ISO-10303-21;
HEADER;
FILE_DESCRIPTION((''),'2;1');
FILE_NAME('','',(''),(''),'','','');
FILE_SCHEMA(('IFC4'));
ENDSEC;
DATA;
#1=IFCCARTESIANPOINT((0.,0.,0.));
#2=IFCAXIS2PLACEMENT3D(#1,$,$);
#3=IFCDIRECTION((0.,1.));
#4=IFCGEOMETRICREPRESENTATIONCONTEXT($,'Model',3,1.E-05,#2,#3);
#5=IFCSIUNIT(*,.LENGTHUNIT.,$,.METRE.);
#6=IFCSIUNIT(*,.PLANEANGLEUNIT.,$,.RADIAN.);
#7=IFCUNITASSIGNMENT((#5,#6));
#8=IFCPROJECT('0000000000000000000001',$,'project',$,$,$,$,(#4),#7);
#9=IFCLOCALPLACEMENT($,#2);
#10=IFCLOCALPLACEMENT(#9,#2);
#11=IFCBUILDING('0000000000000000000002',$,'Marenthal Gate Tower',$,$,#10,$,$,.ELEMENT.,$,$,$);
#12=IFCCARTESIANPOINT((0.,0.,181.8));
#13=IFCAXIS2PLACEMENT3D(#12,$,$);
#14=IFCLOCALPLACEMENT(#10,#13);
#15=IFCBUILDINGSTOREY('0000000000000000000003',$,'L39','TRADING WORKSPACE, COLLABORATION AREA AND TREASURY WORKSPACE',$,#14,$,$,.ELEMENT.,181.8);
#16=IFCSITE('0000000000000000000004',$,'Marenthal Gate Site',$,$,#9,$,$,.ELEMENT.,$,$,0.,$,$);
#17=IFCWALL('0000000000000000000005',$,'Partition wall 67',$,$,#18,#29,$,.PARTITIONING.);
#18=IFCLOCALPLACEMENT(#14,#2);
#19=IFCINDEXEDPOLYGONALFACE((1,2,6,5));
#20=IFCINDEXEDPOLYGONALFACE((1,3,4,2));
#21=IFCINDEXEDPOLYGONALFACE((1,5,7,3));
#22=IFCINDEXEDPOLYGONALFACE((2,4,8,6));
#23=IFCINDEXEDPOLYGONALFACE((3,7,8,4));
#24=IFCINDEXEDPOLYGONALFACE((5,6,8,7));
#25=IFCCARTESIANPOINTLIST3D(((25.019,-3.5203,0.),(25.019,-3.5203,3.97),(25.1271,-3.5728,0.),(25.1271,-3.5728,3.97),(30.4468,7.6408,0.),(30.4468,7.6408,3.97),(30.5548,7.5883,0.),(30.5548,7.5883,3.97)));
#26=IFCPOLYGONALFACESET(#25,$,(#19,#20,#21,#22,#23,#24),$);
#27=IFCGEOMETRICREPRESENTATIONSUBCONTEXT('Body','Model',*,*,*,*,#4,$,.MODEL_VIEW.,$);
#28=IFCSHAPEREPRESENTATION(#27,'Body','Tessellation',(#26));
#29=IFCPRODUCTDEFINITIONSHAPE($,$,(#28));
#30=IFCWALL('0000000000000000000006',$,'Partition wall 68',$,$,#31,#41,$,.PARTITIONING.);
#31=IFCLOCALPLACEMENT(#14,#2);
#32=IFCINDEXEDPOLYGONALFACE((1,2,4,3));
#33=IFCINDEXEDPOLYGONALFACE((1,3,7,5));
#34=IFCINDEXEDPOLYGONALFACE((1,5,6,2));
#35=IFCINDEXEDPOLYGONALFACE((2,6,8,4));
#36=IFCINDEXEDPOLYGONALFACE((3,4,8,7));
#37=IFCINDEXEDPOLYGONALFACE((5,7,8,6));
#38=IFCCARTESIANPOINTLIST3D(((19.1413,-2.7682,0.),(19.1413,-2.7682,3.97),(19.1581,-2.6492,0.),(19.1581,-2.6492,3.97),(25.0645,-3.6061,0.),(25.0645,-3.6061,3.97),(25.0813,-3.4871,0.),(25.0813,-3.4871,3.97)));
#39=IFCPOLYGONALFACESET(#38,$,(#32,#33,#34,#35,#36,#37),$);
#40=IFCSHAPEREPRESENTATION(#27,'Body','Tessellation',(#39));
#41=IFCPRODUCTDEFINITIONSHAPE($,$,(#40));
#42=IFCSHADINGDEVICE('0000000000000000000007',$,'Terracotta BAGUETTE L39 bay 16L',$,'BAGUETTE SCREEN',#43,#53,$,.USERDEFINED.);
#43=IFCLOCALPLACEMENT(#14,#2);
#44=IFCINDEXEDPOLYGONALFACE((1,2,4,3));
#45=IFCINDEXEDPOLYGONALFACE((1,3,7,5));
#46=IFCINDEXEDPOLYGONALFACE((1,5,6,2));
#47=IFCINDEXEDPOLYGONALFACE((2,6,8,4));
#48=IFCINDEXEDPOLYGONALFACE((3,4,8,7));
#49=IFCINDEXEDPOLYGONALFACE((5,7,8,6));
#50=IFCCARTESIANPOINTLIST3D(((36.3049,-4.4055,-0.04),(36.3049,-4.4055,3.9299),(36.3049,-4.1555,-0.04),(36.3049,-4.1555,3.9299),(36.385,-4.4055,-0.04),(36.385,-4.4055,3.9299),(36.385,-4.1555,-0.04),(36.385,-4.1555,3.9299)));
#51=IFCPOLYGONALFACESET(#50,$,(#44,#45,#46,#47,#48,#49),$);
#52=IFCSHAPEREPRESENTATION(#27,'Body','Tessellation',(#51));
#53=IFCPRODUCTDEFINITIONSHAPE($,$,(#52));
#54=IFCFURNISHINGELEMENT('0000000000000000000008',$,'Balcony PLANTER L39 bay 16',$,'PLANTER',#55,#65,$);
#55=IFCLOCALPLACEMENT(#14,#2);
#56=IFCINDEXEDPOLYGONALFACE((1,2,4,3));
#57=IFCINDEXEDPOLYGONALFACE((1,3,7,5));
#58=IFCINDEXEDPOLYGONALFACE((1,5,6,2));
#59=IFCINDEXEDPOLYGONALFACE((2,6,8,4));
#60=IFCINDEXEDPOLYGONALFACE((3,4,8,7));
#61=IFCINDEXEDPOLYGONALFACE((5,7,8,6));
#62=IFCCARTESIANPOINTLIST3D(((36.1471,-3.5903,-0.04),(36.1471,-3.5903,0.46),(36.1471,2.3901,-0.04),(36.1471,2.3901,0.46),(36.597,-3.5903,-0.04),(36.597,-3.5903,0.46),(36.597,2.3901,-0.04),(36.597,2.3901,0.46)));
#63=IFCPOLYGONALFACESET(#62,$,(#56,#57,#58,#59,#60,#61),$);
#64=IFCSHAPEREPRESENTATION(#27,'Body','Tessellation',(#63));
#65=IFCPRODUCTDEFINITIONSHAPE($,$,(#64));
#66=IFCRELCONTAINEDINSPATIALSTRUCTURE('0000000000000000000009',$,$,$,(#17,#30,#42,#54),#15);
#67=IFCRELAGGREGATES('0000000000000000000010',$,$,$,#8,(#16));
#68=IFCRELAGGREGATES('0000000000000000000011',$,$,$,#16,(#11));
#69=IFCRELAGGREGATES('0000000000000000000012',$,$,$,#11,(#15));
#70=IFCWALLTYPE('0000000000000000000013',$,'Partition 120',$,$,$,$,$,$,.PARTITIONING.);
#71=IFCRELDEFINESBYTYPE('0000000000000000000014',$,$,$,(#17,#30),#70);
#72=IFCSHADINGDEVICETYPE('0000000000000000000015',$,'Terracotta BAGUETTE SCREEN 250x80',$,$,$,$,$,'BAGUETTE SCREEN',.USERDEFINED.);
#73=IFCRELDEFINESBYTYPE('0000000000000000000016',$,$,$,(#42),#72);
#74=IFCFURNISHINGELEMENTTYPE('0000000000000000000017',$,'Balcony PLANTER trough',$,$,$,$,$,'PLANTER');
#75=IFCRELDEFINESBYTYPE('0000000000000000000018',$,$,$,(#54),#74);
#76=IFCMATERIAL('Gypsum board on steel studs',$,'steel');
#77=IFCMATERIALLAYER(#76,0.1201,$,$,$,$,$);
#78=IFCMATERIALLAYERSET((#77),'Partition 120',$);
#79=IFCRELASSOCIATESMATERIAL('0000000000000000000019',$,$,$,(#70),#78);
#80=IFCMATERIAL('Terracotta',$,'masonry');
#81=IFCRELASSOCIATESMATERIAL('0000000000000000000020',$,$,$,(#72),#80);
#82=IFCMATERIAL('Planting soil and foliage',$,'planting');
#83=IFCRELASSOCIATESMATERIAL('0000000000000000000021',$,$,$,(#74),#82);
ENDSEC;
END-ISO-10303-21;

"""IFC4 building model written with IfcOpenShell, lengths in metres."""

from ifc_helpers import new_model, si_unit, direction, frame, frame_2d, origin, origin_2d, place, context, subcontext, project, spatial, rectangle, extrude, material, layer, layer_set, material_profile, profile_set, type_object, element, save


model = new_model("IFC4")

# Units and contexts
model_context = context("Model", 3, precision=1e-05, world=origin(), true_north=direction((0.0, 1.0)))
body_context = subcontext(model_context, "Body", "Model", "MODEL_VIEW")
ifc_project = project(units=[si_unit("LENGTHUNIT", "METRE"), si_unit("PLANEANGLEUNIT", "RADIAN")], contexts=[model_context])

# Site, building, storey
site_placement = place(None, origin())
site = spatial("IfcSite", under=ifc_project, at=site_placement, Name="Marenthal Gate Site", CompositionType="ELEMENT", RefElevation=0.0)
building_placement = place(site_placement, origin())
building = spatial("IfcBuilding", under=site, at=building_placement, Name="Marenthal Gate Tower", CompositionType="ELEMENT")
storey_placement = place(building_placement, frame((0.0, 0.0, 181.8)))
storey = spatial("IfcBuildingStorey", under=building, at=storey_placement, Name="L39", Description="TRADING WORKSPACE, COLLABORATION AREA AND TREASURY WORKSPACE", CompositionType="ELEMENT", Elevation=181.8)

# Walls
ifc_material_1 = material(Name="Gypsum board on steel studs", Category="steel")
ifc_layer_1 = layer(ifc_material_1, 0.1201)
ifc_layer_set_1 = layer_set([ifc_layer_1], Name="Partition 120")
wall_type_1 = type_object("IfcWallType", Name="Partition 120", PredefinedType="PARTITIONING", material=ifc_layer_set_1)
wall_1_placement = place(storey_placement, frame((25.073, -3.5466, 0.0), z_axis=(0.0, 0.0, 1.0), x_axis=(0.437335, 0.899299, 0.0)))
element("IfcWall", 1, at=wall_1_placement, inside=storey, type_object=wall_type_1, Name="Partition wall 67", PredefinedType="PARTITIONING", context=body_context, shape_type="SweptSolid", body=[
    extrude(rectangle(XDim=12.4109, YDim=0.1201, at=frame_2d((6.2056, 0.0))), origin(), (0.0, 0.0, 1.0), 3.97),
])
wall_2_placement = place(storey_placement, frame((25.073, -3.5466, 0.0), z_axis=(0.0, 0.0, 1.0), x_axis=(-0.990142, 0.140067, 0.0)))
element("IfcWall", 2, at=wall_2_placement, inside=storey, type_object=wall_type_1, Name="Partition wall 68", PredefinedType="PARTITIONING", context=body_context, shape_type="SweptSolid", body=[
    extrude(rectangle(XDim=5.9822, YDim=0.1201, at=frame_2d((2.9912, 0.0))), origin(), (0.0, 0.0, 1.0), 3.97),
])

# Shading device
ifc_material_2 = material(Name="Terracotta", Category="masonry")
ifc_material_profile_1 = material_profile(ifc_material_2, rectangle(XDim=0.25, YDim=0.0801, at=origin_2d()), Name="Terracotta baguette 250x80")
ifc_profile_set_1 = profile_set([ifc_material_profile_1], Name="Terracotta")
shading_device_type = type_object("IfcShadingDeviceType", Name="Terracotta BAGUETTE SCREEN 250x80", ElementType="BAGUETTE SCREEN", PredefinedType="USERDEFINED", material=ifc_profile_set_1)
shading_device_placement = place(storey_placement, frame((36.345, -4.2805, -0.04), z_axis=(0.0, 0.0, 1.0), x_axis=(0.0, 1.0, 0.0)))
element("IfcShadingDevice", 3, at=shading_device_placement, inside=storey, type_object=shading_device_type, Name="Terracotta BAGUETTE L39 bay 16L", ObjectType="BAGUETTE SCREEN", PredefinedType="USERDEFINED", context=body_context, shape_type="SweptSolid", body=[
    extrude(rectangle(XDim=0.25, YDim=0.0801, at=origin_2d()), origin(), (0.0, 0.0, 1.0), 3.97),
])

# Furnishing element
ifc_material_3 = material(Name="Planting soil and foliage", Category="planting")
furnishing_element_type = type_object("IfcFurnishingElementType", Name="Balcony PLANTER trough", ElementType="PLANTER", material=ifc_material_3)
furnishing_placement = place(storey_placement, frame((36.3721, -0.6001, -0.04), z_axis=(0.0, 0.0, 1.0), x_axis=(0.0, 1.0, 0.0)))
element("IfcFurnishingElement", 4, at=furnishing_placement, inside=storey, type_object=furnishing_element_type, Name="Balcony PLANTER L39 bay 16", ObjectType="PLANTER", context=body_context, shape_type="SweptSolid", body=[
    extrude(rectangle(XDim=5.9805, YDim=0.45, at=origin_2d()), origin(), (0.0, 0.0, 1.0), 0.5),
])

save(model, "model.ifc")
